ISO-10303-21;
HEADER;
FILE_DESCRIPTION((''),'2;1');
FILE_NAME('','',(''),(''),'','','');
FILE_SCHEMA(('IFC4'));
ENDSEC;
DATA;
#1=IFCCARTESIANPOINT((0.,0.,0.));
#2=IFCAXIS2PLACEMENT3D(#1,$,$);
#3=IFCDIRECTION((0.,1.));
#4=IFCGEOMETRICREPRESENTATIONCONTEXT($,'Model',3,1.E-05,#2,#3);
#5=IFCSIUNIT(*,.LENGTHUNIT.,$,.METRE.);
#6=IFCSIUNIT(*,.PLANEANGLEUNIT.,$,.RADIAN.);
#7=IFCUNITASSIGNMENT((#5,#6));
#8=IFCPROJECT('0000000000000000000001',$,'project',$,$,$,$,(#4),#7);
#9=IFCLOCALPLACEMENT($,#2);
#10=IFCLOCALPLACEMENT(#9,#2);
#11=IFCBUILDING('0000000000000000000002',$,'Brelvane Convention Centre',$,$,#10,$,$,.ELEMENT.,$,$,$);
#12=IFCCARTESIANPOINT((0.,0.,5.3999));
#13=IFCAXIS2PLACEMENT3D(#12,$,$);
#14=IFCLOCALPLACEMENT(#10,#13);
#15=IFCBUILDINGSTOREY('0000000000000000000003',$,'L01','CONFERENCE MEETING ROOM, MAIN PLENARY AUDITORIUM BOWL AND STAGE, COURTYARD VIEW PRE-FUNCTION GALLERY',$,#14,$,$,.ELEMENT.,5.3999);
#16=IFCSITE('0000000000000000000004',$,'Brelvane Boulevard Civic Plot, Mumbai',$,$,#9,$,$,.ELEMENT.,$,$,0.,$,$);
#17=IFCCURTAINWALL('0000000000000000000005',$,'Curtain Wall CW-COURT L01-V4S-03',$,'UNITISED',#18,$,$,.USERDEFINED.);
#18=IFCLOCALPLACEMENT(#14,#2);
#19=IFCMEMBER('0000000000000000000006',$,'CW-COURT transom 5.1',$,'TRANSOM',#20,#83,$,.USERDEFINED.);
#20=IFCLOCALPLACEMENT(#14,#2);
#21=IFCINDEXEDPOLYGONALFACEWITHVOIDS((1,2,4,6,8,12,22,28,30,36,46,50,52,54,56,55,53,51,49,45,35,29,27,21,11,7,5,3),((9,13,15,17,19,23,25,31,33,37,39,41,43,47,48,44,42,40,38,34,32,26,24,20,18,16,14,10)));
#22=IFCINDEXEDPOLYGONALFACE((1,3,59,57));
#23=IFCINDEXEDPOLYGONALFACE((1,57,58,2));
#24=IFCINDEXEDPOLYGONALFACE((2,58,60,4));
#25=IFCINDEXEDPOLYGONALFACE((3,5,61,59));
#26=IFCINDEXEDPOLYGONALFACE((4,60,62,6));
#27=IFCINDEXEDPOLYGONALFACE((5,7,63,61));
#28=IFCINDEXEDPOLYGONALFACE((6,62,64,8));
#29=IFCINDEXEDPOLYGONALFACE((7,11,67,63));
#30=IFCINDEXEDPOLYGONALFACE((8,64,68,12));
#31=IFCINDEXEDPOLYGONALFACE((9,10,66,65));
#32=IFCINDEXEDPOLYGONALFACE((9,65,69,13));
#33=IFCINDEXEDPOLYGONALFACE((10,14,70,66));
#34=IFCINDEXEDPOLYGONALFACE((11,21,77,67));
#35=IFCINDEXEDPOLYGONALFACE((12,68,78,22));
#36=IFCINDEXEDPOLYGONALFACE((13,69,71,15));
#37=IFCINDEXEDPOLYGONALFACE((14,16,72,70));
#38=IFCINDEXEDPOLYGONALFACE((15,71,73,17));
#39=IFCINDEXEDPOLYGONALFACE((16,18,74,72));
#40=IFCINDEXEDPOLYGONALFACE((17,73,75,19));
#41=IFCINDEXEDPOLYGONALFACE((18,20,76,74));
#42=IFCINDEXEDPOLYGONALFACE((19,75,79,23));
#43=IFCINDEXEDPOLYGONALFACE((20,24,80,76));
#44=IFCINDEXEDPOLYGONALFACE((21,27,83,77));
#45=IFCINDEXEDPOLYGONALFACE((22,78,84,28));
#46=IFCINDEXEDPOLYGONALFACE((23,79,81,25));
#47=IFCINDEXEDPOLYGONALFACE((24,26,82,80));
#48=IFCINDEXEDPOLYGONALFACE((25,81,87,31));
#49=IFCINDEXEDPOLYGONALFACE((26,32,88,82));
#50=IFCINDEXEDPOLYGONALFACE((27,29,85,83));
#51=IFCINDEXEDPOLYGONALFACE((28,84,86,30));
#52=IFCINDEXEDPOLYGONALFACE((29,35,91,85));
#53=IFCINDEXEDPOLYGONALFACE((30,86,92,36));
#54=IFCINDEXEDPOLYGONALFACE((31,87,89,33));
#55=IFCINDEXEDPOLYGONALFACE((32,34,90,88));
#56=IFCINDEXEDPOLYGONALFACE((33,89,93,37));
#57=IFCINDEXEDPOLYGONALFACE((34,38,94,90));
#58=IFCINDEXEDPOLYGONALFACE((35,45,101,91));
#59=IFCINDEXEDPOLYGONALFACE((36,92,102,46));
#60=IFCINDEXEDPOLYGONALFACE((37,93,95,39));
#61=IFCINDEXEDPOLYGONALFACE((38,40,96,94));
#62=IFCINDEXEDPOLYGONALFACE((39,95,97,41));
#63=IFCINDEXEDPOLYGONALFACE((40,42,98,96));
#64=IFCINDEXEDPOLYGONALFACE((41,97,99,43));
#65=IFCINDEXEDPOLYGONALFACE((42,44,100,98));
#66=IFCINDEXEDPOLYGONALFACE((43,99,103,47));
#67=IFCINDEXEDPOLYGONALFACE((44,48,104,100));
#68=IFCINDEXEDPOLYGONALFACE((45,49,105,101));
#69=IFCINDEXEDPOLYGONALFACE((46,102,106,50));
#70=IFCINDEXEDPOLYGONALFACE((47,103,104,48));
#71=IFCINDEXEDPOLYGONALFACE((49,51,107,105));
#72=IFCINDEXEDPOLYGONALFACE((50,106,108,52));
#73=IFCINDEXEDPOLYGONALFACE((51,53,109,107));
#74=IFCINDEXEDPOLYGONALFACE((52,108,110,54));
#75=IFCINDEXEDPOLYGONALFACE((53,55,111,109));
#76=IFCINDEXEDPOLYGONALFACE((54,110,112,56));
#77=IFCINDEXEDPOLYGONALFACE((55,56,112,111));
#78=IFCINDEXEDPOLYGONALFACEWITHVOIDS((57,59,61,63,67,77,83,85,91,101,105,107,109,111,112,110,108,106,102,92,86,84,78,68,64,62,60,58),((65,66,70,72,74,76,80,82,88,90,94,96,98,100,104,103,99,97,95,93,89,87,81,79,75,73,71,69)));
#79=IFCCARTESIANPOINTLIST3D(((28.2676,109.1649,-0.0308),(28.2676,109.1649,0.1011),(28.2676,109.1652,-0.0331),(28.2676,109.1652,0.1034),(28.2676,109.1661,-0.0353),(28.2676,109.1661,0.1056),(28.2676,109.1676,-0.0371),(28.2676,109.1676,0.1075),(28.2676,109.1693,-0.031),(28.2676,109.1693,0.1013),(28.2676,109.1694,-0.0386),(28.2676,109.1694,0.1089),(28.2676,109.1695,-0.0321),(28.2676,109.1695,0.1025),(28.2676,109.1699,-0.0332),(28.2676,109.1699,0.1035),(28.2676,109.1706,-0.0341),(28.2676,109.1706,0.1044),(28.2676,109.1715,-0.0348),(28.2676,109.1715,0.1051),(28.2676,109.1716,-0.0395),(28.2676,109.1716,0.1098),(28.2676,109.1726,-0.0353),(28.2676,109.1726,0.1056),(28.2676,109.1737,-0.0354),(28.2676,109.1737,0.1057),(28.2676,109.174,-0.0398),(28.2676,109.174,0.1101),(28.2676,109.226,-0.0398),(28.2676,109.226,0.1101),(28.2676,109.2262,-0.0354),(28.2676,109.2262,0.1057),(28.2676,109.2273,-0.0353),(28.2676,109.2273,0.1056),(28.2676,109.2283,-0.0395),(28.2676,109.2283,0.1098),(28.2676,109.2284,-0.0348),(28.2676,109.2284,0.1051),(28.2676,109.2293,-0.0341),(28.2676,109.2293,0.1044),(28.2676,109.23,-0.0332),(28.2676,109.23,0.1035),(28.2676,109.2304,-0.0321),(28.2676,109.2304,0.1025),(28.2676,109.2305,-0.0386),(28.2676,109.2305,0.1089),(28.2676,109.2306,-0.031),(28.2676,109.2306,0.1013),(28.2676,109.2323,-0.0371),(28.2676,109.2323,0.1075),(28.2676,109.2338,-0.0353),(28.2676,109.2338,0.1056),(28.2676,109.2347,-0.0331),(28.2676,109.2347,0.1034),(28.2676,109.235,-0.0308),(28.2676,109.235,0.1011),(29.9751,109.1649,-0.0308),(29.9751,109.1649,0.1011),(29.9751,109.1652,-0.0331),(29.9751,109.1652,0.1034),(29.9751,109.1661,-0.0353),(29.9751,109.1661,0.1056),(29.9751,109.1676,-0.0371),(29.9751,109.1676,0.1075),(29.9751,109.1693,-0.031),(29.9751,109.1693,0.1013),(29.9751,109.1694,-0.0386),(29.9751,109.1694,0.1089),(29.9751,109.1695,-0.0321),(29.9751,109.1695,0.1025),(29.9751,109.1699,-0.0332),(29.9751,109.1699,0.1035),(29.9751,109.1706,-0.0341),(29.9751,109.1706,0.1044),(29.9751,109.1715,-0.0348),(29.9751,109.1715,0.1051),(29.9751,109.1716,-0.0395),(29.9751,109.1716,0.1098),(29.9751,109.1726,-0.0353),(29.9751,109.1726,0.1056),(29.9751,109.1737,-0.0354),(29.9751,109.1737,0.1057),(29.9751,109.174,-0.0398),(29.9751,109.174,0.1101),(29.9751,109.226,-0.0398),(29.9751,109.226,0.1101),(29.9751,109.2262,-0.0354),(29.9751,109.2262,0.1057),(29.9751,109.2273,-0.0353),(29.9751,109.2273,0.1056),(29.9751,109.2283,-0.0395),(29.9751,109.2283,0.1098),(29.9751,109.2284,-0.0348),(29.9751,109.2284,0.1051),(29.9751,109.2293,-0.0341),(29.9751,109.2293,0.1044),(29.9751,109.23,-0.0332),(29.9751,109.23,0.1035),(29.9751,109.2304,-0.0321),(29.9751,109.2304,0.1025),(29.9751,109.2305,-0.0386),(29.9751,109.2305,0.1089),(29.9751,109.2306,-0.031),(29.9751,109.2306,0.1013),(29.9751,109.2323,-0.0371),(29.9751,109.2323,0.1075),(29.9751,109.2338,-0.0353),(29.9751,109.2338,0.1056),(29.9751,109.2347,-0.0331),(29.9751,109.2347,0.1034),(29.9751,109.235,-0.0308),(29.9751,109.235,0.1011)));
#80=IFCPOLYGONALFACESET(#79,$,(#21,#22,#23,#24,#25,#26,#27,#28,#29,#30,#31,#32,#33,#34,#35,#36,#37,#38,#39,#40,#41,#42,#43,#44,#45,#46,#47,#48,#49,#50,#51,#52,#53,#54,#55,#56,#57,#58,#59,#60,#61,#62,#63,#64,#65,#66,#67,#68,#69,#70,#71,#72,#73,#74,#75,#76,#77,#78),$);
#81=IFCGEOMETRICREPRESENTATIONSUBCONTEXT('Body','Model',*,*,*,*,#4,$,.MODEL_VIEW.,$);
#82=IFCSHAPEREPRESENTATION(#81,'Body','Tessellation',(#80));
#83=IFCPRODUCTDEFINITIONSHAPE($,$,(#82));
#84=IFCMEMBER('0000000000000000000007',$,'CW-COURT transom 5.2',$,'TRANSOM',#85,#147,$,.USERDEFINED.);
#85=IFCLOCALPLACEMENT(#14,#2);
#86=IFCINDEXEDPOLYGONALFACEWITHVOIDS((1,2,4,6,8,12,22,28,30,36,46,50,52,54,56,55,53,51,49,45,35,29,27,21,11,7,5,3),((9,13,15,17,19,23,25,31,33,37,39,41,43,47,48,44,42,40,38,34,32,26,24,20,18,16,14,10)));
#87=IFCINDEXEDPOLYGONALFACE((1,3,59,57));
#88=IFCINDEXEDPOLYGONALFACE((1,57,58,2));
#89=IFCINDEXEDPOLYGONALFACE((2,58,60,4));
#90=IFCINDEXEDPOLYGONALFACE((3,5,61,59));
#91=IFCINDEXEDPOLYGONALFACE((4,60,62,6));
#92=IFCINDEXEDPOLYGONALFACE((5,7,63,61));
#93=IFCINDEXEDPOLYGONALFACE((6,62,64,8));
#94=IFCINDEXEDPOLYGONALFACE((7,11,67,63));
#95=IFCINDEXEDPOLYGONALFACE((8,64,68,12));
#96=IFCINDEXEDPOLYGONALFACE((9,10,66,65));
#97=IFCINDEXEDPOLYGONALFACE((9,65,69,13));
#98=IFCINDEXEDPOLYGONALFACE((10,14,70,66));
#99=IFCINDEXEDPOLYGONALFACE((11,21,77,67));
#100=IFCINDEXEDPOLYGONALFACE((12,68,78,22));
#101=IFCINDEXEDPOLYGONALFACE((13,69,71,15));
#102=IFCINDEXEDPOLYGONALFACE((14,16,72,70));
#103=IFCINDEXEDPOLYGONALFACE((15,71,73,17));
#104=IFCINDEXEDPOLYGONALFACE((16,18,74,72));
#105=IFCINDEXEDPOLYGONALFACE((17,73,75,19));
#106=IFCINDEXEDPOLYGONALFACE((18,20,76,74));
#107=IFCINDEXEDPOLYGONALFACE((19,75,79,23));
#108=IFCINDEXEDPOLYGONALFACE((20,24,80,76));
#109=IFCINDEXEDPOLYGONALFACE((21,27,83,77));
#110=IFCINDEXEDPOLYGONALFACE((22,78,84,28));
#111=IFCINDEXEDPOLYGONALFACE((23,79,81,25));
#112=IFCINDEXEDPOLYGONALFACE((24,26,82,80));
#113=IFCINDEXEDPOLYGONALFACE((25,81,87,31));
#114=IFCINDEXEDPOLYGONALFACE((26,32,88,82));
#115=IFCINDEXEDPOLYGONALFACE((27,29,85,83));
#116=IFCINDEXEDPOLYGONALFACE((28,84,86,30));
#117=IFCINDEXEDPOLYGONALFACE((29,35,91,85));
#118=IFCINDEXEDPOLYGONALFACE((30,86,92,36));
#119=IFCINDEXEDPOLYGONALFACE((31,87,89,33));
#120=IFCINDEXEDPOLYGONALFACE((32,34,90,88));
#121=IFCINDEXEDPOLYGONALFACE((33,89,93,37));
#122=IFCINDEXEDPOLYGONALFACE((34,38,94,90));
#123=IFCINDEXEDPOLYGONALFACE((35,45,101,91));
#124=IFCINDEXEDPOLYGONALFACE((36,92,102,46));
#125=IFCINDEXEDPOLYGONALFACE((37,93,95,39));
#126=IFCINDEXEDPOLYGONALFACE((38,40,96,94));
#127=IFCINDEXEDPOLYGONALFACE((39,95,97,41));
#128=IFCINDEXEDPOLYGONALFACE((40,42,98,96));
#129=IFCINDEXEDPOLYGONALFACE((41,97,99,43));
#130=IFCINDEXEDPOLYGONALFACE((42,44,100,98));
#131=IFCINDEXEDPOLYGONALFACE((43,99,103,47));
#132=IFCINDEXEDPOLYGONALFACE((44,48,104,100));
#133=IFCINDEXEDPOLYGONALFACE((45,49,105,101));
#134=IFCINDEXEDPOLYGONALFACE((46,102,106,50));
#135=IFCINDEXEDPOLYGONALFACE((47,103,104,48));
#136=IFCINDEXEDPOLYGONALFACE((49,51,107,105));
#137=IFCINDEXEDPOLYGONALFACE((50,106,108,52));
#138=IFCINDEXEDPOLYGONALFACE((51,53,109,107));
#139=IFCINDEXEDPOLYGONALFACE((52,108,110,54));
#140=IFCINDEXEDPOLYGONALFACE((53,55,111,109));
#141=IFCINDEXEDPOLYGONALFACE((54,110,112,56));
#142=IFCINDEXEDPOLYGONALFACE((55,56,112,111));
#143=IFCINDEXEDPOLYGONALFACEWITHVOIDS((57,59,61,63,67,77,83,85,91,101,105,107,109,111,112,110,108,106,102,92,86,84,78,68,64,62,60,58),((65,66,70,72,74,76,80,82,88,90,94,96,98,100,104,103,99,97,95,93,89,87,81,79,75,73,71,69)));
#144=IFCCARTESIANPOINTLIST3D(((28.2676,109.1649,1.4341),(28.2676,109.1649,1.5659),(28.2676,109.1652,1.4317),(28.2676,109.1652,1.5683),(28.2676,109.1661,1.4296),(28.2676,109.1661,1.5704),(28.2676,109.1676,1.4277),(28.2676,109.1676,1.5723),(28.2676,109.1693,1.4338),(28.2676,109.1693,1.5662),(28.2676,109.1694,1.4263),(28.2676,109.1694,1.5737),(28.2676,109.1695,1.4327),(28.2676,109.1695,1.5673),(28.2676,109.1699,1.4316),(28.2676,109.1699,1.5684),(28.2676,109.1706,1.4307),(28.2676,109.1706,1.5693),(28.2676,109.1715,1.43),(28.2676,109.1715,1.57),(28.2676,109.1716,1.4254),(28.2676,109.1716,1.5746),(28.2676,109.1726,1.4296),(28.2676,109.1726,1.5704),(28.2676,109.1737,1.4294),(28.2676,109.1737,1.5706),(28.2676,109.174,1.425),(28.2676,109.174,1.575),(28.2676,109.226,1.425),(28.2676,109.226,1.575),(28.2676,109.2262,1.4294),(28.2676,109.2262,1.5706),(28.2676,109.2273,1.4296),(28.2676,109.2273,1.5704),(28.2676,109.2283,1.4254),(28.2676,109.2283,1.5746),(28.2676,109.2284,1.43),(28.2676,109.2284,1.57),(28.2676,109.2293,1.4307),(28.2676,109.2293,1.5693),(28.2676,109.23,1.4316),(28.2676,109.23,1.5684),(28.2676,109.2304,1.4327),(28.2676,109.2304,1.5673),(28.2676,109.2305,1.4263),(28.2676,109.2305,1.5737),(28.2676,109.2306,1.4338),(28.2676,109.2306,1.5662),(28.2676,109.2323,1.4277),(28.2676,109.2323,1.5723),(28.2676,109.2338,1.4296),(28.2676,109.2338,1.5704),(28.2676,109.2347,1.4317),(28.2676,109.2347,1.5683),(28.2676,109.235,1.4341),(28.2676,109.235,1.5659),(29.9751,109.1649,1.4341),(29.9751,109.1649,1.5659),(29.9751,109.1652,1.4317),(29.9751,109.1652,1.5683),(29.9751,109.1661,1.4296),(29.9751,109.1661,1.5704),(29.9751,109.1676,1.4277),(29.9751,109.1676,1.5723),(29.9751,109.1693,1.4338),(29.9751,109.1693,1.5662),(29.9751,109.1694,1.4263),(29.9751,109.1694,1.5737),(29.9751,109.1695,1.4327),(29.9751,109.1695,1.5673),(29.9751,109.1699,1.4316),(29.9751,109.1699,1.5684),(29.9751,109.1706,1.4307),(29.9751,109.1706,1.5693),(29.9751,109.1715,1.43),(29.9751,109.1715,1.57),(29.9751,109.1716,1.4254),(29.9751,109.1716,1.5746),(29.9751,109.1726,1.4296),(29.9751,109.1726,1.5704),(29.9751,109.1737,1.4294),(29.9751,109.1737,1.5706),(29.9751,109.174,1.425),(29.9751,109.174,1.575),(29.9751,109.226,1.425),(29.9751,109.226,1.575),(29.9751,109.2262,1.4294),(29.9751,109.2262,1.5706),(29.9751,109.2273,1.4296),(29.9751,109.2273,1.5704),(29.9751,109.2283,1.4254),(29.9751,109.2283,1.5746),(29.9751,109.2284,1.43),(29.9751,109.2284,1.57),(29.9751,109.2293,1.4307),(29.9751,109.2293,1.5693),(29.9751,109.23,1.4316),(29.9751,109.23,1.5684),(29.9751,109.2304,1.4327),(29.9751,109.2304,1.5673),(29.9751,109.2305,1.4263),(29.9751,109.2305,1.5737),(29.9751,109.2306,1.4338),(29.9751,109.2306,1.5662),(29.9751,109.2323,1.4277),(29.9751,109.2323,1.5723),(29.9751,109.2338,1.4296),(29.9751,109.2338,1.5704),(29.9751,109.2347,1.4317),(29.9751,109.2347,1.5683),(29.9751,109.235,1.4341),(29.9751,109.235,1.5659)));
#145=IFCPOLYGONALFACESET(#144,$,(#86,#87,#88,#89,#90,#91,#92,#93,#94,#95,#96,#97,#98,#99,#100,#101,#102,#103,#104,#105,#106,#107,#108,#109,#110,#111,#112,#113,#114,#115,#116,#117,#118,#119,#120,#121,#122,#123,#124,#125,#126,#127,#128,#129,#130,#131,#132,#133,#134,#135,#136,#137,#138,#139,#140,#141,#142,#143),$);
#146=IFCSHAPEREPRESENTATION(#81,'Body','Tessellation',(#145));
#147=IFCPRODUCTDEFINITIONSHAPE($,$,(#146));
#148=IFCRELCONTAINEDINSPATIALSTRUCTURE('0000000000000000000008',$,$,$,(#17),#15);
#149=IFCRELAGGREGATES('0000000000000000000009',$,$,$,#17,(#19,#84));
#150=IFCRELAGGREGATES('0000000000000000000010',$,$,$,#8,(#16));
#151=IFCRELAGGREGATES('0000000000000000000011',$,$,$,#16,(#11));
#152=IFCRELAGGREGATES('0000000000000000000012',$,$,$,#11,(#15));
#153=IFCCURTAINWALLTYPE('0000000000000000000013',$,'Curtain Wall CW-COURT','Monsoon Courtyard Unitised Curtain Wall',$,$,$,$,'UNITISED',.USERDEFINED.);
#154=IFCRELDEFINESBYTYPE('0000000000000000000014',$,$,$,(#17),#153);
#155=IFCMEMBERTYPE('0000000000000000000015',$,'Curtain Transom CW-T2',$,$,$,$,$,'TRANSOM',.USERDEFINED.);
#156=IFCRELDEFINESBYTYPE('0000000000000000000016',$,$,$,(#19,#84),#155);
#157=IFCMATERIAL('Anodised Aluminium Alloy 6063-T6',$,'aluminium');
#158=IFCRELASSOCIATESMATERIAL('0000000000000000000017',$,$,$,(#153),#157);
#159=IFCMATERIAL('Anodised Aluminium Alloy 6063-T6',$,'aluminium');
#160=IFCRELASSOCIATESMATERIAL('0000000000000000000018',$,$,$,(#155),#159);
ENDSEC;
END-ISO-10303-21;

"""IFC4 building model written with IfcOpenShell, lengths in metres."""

from ifc_helpers import new_model, si_unit, direction, frame, origin, origin_2d, place, context, subcontext, project, spatial, hollow_rectangle, extrude, material, material_profile, profile_set, type_object, element, aggregate, save


model = new_model("IFC4")

# Units and contexts
model_context = context("Model", 3, precision=1e-05, world=origin(), true_north=direction((0.0, 1.0)))
body_context = subcontext(model_context, "Body", "Model", "MODEL_VIEW")
ifc_project = project(units=[si_unit("LENGTHUNIT", "METRE"), si_unit("PLANEANGLEUNIT", "RADIAN")], contexts=[model_context])

# Site, building, storey
site_placement = place(None, origin())
site = spatial("IfcSite", under=ifc_project, at=site_placement, Name="Brelvane Boulevard Civic Plot, Mumbai", CompositionType="ELEMENT", RefElevation=0.0)
building_placement = place(site_placement, origin())
building = spatial("IfcBuilding", under=site, at=building_placement, Name="Brelvane Convention Centre", CompositionType="ELEMENT")
storey_placement = place(building_placement, frame((0.0, 0.0, 5.3999)))
storey = spatial("IfcBuildingStorey", under=building, at=storey_placement, Name="L01", Description="CONFERENCE MEETING ROOM, MAIN PLENARY AUDITORIUM BOWL AND STAGE, COURTYARD VIEW PRE-FUNCTION GALLERY", CompositionType="ELEMENT", Elevation=5.3999)

# Curtain wall, members
ifc_material_1 = material(Name="Anodised Aluminium Alloy 6063-T6", Category="aluminium")
curtain_wall_type = type_object("IfcCurtainWallType", Name="Curtain Wall CW-COURT", Description="Monsoon Courtyard Unitised Curtain Wall", ElementType="UNITISED", PredefinedType="USERDEFINED", material=ifc_material_1)
curtain_wall_placement = place(storey_placement, origin())
curtain_wall = element("IfcCurtainWall", 1, at=curtain_wall_placement, inside=storey, type_object=curtain_wall_type, Name="Curtain Wall CW-COURT L01-V4S-03", ObjectType="UNITISED", PredefinedType="USERDEFINED")
ifc_material_2 = material(Name="Anodised Aluminium Alloy 6063-T6", Category="aluminium")
ifc_material_profile_1 = material_profile(ifc_material_2, hollow_rectangle(XDim=0.0701, YDim=0.1499, WallThickness=0.0044, InnerFilletRadius=0.0044, OuterFilletRadius=0.009, at=origin_2d()), Name="ALU-T 150x70x4.5")
ifc_profile_set_1 = profile_set([ifc_material_profile_1], Name="Anodised Aluminium Alloy 6063-T6")
member_type_1 = type_object("IfcMemberType", Name="Curtain Transom CW-T2", ElementType="TRANSOM", PredefinedType="USERDEFINED", material=ifc_profile_set_1)
member_1_placement = place(storey_placement, frame((28.2676, 109.2, 0.0352), z_axis=(1.0, 0.0, 0.0), x_axis=(0.0, 1.0, 0.0)))
member_1 = element("IfcMember", 2, at=member_1_placement, type_object=member_type_1, Name="CW-COURT transom 5.1", ObjectType="TRANSOM", PredefinedType="USERDEFINED", context=body_context, shape_type="SweptSolid", body=[
    extrude(hollow_rectangle(XDim=0.0701, YDim=0.1499, WallThickness=0.0044, InnerFilletRadius=0.0044, OuterFilletRadius=0.009, at=origin_2d()), origin(), (0.0, 0.0, 1.0), 1.7075),
])
member_2_placement = place(storey_placement, frame((28.2676, 109.2, 1.5), z_axis=(1.0, 0.0, 0.0), x_axis=(0.0, 1.0, 0.0)))
member_2 = element("IfcMember", 3, at=member_2_placement, type_object=member_type_1, Name="CW-COURT transom 5.2", ObjectType="TRANSOM", PredefinedType="USERDEFINED", context=body_context, shape_type="SweptSolid", body=[
    extrude(hollow_rectangle(XDim=0.0701, YDim=0.1499, WallThickness=0.0044, InnerFilletRadius=0.0044, OuterFilletRadius=0.009, at=origin_2d()), origin(), (0.0, 0.0, 1.0), 1.7075),
])

aggregate(curtain_wall, [member_1, member_2])

save(model, "model.ifc")
